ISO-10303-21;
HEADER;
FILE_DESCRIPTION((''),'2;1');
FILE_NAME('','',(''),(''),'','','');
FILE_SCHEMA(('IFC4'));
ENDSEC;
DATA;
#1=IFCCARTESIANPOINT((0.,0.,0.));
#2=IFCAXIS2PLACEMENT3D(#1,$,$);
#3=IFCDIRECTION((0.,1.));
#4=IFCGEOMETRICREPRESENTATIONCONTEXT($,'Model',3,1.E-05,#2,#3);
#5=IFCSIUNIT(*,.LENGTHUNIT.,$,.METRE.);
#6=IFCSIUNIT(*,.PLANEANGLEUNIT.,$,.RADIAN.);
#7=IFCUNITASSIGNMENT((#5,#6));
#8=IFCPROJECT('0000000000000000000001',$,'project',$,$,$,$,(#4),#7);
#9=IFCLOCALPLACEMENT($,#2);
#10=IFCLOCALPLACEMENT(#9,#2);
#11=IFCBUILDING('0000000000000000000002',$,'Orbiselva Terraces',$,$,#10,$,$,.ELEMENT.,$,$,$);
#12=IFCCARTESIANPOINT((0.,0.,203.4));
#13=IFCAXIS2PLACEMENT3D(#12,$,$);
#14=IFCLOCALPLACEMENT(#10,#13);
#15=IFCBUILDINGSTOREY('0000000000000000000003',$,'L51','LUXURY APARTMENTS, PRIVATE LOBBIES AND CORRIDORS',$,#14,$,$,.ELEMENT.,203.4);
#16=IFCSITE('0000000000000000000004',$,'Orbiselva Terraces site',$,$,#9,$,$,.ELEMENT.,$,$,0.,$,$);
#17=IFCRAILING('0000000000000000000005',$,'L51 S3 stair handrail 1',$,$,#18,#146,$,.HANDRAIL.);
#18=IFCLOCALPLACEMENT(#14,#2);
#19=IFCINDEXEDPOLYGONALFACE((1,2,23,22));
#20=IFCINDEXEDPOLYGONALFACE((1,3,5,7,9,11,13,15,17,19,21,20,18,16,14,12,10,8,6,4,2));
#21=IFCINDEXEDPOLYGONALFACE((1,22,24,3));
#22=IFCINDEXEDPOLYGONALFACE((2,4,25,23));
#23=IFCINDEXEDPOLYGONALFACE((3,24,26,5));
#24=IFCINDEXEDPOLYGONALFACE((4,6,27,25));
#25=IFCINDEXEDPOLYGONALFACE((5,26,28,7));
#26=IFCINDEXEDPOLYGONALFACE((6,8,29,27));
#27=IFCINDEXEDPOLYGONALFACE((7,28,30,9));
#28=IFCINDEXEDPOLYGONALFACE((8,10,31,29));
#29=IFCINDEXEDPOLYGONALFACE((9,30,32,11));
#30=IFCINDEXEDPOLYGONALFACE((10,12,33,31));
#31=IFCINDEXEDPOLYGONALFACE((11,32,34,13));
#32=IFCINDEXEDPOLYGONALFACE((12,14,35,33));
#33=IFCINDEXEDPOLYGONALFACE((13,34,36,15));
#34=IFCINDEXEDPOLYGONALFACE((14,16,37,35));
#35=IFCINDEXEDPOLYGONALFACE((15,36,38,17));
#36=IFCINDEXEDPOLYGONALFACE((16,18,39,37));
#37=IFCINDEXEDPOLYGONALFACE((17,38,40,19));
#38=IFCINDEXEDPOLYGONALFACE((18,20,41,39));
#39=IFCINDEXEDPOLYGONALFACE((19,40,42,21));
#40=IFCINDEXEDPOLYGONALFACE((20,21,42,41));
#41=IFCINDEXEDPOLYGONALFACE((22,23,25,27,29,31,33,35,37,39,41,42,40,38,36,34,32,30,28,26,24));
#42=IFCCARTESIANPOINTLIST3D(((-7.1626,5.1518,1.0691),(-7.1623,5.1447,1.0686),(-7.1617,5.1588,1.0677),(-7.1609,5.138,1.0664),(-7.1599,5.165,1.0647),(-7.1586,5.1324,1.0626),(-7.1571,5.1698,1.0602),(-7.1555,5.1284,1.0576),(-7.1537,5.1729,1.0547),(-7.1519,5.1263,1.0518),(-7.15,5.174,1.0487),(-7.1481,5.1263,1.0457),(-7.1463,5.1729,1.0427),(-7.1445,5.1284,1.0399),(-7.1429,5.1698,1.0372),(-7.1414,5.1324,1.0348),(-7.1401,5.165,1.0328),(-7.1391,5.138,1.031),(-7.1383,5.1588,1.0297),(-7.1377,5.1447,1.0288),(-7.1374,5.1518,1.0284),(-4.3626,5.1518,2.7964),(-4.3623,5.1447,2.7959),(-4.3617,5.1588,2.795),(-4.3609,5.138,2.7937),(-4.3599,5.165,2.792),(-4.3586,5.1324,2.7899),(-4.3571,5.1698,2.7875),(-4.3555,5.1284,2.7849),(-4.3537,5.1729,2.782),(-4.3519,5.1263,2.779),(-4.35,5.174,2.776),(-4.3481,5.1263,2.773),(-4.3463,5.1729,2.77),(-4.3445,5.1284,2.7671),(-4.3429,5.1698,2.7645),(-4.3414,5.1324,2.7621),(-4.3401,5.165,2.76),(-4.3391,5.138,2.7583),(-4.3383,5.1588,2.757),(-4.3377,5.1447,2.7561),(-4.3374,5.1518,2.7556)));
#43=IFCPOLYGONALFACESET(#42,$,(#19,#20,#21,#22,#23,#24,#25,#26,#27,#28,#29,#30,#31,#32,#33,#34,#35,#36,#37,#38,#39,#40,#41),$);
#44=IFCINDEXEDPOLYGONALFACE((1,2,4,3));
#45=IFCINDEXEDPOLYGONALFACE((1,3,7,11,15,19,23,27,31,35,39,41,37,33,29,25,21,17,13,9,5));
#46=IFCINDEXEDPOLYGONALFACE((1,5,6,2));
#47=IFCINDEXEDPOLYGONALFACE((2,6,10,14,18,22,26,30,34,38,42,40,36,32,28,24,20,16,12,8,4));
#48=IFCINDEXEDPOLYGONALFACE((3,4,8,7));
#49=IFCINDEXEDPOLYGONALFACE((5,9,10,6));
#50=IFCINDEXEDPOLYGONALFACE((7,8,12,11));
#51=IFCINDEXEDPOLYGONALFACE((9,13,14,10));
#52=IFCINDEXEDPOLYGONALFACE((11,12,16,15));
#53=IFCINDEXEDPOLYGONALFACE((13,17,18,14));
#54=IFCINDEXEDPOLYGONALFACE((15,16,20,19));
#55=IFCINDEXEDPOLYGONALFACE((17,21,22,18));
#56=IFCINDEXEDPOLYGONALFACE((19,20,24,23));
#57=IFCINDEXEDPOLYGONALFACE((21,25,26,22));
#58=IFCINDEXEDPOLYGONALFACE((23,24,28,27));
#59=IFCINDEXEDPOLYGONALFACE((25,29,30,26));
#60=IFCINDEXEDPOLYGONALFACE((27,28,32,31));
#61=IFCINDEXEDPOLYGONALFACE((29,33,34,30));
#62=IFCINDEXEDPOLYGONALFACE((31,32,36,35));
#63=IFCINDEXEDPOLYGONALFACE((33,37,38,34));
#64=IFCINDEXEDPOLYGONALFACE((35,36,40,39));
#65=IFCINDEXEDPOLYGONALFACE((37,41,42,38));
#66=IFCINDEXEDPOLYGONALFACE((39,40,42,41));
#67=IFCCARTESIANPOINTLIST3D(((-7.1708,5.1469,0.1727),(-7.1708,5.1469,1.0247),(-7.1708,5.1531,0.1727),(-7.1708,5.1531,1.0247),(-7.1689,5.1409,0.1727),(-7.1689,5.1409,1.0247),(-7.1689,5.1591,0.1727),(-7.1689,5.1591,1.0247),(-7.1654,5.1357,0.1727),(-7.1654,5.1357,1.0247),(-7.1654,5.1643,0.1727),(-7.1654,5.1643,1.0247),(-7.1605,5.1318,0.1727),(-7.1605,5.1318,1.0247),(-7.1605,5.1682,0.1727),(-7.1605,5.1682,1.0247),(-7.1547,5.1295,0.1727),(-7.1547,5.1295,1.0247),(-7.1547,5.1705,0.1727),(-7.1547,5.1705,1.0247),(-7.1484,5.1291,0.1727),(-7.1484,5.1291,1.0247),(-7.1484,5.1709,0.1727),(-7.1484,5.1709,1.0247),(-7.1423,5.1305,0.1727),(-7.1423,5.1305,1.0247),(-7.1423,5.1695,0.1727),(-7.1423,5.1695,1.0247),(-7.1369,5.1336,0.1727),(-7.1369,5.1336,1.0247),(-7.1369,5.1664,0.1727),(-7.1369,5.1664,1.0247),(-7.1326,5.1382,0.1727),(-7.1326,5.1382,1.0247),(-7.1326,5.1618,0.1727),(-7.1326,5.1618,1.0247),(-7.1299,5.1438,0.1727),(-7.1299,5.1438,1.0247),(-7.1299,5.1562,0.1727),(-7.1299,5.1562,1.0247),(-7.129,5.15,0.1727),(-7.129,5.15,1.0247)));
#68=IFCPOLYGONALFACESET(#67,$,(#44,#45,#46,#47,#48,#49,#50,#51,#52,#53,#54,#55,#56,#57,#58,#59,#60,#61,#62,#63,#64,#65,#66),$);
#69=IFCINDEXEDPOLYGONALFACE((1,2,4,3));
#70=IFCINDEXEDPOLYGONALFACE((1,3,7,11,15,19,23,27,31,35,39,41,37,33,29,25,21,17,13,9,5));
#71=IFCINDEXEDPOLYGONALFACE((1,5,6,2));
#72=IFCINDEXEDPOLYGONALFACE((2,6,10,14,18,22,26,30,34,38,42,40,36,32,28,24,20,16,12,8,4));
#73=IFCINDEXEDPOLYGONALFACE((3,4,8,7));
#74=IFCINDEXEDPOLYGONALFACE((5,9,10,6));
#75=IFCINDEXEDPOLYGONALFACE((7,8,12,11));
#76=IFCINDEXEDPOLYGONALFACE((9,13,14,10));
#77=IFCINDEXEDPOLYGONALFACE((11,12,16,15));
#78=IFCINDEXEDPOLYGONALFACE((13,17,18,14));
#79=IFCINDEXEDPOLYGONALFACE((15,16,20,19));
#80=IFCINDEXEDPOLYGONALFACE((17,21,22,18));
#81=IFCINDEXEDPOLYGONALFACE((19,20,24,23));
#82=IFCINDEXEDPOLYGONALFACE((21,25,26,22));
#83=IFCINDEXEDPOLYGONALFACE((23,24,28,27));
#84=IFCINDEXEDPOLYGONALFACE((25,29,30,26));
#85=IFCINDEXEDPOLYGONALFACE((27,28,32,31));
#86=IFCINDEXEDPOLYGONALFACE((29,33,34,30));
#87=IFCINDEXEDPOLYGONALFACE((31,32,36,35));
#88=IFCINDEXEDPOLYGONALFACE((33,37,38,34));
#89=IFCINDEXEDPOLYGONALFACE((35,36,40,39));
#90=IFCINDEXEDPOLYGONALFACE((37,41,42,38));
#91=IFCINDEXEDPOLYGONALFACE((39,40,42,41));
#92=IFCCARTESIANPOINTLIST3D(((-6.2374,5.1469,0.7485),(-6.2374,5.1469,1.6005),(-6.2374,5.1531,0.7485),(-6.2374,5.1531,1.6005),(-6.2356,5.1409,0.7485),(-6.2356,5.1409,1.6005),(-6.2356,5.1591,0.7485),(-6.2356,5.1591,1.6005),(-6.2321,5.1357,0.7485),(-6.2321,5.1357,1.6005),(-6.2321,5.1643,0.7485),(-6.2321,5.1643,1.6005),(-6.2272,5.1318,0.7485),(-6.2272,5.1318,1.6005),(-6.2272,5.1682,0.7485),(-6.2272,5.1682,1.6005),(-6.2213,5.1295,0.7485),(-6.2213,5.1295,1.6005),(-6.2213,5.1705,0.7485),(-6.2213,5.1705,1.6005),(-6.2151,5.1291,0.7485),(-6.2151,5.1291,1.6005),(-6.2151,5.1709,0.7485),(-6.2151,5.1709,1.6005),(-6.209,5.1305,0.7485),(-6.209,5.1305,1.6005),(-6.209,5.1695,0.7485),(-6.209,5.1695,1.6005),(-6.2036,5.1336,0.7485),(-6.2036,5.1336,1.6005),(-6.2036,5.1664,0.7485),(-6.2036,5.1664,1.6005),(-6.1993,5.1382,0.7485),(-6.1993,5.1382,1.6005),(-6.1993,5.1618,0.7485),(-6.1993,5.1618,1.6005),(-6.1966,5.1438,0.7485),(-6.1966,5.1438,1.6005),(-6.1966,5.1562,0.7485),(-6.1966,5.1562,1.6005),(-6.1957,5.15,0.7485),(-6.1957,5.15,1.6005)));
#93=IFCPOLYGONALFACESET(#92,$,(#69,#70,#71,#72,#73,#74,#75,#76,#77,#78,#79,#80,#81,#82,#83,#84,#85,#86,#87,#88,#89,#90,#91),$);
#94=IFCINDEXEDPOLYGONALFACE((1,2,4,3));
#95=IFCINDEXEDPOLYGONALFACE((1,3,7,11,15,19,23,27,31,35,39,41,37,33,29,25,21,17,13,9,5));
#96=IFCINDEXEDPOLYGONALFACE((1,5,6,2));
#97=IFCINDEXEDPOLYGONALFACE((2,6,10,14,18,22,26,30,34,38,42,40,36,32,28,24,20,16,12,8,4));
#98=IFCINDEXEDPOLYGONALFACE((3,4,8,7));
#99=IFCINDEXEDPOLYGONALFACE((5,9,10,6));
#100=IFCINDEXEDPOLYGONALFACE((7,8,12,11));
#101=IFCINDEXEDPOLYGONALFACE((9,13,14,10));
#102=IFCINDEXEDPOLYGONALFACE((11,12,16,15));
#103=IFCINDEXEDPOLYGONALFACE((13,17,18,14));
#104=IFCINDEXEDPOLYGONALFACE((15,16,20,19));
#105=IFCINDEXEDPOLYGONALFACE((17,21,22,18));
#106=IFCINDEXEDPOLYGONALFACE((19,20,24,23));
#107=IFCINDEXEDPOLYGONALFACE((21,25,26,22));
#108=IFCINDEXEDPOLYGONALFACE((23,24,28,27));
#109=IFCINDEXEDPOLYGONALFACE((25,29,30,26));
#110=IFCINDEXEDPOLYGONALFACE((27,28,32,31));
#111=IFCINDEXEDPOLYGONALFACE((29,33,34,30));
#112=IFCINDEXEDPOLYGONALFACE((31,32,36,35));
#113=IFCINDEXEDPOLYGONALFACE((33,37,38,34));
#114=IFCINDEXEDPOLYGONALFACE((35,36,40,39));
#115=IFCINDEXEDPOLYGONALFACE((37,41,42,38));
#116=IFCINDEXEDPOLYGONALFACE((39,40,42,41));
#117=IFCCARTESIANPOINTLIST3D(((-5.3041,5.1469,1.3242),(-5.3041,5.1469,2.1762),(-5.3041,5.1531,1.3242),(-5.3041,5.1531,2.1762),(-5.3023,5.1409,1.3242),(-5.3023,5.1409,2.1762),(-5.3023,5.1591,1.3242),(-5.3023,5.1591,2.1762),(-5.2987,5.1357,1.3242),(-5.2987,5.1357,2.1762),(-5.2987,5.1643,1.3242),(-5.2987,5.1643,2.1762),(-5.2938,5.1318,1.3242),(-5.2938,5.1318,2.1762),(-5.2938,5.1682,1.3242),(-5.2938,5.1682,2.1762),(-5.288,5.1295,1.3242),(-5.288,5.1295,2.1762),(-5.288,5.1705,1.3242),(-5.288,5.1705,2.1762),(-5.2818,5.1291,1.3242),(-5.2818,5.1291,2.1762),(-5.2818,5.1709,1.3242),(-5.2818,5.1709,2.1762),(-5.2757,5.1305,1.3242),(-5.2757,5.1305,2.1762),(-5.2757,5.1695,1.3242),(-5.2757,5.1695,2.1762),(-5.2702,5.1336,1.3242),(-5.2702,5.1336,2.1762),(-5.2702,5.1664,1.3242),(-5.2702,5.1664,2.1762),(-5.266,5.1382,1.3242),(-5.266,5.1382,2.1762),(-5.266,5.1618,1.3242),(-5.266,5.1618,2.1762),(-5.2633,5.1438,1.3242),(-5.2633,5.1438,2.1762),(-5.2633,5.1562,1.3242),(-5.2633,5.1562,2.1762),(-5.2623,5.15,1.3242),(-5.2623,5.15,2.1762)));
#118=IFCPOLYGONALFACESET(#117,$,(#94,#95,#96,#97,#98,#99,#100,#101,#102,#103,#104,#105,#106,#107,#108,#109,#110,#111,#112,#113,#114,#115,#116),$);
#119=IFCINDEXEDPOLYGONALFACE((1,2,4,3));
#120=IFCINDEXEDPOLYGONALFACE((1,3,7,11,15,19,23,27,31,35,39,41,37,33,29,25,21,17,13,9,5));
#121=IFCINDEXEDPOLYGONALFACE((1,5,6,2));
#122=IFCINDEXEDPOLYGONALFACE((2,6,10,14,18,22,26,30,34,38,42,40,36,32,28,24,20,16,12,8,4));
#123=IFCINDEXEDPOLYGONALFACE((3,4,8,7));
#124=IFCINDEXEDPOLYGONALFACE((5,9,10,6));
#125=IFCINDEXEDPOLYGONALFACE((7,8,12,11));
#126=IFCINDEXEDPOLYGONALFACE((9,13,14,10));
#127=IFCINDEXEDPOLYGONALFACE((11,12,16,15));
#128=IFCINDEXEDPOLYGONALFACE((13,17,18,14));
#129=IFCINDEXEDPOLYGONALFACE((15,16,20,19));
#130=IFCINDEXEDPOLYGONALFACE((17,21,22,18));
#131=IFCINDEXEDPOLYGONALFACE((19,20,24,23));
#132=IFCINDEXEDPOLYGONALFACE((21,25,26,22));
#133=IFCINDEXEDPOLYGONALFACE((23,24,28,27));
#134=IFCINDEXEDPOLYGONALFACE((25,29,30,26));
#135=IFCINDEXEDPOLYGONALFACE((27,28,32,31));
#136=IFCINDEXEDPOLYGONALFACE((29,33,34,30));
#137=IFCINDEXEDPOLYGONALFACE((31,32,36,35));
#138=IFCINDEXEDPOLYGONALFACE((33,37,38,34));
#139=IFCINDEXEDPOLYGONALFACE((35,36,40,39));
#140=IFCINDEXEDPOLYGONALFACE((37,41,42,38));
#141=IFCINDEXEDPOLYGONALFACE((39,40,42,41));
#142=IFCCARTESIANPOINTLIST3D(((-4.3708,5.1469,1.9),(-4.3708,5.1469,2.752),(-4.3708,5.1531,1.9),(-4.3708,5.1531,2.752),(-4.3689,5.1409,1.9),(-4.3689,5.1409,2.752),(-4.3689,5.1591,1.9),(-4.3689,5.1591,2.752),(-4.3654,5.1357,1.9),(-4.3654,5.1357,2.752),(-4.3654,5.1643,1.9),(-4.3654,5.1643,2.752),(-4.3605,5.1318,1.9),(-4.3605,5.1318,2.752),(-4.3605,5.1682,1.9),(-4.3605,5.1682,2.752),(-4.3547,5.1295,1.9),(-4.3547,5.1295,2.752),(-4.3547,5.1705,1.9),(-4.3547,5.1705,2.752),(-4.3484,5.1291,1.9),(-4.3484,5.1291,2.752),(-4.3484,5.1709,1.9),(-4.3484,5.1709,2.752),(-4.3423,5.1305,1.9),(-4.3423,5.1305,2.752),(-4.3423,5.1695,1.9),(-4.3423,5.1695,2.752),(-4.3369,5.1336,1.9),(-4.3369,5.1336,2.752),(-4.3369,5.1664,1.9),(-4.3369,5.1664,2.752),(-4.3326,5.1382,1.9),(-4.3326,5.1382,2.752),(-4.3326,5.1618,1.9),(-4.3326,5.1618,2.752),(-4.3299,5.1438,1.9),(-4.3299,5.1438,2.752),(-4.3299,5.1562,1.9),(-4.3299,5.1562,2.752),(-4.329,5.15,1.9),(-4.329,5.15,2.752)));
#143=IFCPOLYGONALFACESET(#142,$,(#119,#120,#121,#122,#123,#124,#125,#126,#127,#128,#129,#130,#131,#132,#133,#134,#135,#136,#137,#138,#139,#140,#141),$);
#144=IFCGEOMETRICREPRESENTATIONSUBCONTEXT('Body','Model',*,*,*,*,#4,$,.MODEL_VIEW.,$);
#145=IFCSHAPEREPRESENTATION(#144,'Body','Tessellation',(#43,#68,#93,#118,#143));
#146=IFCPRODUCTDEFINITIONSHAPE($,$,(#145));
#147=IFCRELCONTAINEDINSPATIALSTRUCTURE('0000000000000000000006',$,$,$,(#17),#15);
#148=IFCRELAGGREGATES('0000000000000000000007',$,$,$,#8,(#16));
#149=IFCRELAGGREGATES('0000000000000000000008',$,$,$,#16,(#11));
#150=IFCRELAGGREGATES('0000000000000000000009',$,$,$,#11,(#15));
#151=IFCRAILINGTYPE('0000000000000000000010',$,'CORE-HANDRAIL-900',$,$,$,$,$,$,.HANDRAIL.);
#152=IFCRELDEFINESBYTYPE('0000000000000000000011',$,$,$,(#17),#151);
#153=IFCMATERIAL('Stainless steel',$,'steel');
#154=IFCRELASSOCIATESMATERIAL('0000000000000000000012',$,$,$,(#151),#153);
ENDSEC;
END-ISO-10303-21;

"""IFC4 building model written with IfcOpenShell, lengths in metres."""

from ifc_helpers import new_model, si_unit, direction, frame, origin, origin_2d, place, context, subcontext, project, spatial, circle, extrude, material, type_object, element, save


model = new_model("IFC4")

# Units and contexts
model_context = context("Model", 3, precision=1e-05, world=origin(), true_north=direction((0.0, 1.0)))
body_context = subcontext(model_context, "Body", "Model", "MODEL_VIEW")
ifc_project = project(units=[si_unit("LENGTHUNIT", "METRE"), si_unit("PLANEANGLEUNIT", "RADIAN")], contexts=[model_context])

# Site, building, storey
site_placement = place(None, origin())
site = spatial("IfcSite", under=ifc_project, at=site_placement, Name="Orbiselva Terraces site", CompositionType="ELEMENT", RefElevation=0.0)
building_placement = place(site_placement, origin())
building = spatial("IfcBuilding", under=site, at=building_placement, Name="Orbiselva Terraces", CompositionType="ELEMENT")
storey_placement = place(building_placement, frame((0.0, 0.0, 203.4)))
storey = spatial("IfcBuildingStorey", under=building, at=storey_placement, Name="L51", Description="LUXURY APARTMENTS, PRIVATE LOBBIES AND CORRIDORS", CompositionType="ELEMENT", Elevation=203.4)

# Railing
ifc_material_1 = material(Name="Stainless steel", Category="steel")
railing_type_1 = type_object("IfcRailingType", Name="CORE-HANDRAIL-900", PredefinedType="HANDRAIL", material=ifc_material_1)
railing_1_placement = place(storey_placement, frame((-7.15, 5.15, 0.1727)))
element("IfcRailing", 1, at=railing_1_placement, inside=storey, type_object=railing_type_1, Name="L51 S3 stair handrail 1", PredefinedType="HANDRAIL", context=body_context, shape_type="SweptSolid", body=[
    extrude(circle(Radius=0.024, at=origin_2d()), frame((0.0, 0.0, 0.876), z_axis=(0.851089, 0.0, 0.525022), x_axis=(0.0, 1.0, 0.0)), (0.0, 0.0, 1.0), 3.2899),
    extrude(circle(Radius=0.021, at=origin_2d()), origin(), (0.0, 0.0, 1.0), 0.852),
    extrude(circle(Radius=0.021, at=origin_2d()), frame((0.9333, 0.0, 0.5758)), (0.0, 0.0, 1.0), 0.852),
    extrude(circle(Radius=0.021, at=origin_2d()), frame((1.8667, 0.0, 1.1515)), (0.0, 0.0, 1.0), 0.852),
    extrude(circle(Radius=0.021, at=origin_2d()), frame((2.8, 0.0, 1.7273)), (0.0, 0.0, 1.0), 0.852),
])

save(model, "model.ifc")
